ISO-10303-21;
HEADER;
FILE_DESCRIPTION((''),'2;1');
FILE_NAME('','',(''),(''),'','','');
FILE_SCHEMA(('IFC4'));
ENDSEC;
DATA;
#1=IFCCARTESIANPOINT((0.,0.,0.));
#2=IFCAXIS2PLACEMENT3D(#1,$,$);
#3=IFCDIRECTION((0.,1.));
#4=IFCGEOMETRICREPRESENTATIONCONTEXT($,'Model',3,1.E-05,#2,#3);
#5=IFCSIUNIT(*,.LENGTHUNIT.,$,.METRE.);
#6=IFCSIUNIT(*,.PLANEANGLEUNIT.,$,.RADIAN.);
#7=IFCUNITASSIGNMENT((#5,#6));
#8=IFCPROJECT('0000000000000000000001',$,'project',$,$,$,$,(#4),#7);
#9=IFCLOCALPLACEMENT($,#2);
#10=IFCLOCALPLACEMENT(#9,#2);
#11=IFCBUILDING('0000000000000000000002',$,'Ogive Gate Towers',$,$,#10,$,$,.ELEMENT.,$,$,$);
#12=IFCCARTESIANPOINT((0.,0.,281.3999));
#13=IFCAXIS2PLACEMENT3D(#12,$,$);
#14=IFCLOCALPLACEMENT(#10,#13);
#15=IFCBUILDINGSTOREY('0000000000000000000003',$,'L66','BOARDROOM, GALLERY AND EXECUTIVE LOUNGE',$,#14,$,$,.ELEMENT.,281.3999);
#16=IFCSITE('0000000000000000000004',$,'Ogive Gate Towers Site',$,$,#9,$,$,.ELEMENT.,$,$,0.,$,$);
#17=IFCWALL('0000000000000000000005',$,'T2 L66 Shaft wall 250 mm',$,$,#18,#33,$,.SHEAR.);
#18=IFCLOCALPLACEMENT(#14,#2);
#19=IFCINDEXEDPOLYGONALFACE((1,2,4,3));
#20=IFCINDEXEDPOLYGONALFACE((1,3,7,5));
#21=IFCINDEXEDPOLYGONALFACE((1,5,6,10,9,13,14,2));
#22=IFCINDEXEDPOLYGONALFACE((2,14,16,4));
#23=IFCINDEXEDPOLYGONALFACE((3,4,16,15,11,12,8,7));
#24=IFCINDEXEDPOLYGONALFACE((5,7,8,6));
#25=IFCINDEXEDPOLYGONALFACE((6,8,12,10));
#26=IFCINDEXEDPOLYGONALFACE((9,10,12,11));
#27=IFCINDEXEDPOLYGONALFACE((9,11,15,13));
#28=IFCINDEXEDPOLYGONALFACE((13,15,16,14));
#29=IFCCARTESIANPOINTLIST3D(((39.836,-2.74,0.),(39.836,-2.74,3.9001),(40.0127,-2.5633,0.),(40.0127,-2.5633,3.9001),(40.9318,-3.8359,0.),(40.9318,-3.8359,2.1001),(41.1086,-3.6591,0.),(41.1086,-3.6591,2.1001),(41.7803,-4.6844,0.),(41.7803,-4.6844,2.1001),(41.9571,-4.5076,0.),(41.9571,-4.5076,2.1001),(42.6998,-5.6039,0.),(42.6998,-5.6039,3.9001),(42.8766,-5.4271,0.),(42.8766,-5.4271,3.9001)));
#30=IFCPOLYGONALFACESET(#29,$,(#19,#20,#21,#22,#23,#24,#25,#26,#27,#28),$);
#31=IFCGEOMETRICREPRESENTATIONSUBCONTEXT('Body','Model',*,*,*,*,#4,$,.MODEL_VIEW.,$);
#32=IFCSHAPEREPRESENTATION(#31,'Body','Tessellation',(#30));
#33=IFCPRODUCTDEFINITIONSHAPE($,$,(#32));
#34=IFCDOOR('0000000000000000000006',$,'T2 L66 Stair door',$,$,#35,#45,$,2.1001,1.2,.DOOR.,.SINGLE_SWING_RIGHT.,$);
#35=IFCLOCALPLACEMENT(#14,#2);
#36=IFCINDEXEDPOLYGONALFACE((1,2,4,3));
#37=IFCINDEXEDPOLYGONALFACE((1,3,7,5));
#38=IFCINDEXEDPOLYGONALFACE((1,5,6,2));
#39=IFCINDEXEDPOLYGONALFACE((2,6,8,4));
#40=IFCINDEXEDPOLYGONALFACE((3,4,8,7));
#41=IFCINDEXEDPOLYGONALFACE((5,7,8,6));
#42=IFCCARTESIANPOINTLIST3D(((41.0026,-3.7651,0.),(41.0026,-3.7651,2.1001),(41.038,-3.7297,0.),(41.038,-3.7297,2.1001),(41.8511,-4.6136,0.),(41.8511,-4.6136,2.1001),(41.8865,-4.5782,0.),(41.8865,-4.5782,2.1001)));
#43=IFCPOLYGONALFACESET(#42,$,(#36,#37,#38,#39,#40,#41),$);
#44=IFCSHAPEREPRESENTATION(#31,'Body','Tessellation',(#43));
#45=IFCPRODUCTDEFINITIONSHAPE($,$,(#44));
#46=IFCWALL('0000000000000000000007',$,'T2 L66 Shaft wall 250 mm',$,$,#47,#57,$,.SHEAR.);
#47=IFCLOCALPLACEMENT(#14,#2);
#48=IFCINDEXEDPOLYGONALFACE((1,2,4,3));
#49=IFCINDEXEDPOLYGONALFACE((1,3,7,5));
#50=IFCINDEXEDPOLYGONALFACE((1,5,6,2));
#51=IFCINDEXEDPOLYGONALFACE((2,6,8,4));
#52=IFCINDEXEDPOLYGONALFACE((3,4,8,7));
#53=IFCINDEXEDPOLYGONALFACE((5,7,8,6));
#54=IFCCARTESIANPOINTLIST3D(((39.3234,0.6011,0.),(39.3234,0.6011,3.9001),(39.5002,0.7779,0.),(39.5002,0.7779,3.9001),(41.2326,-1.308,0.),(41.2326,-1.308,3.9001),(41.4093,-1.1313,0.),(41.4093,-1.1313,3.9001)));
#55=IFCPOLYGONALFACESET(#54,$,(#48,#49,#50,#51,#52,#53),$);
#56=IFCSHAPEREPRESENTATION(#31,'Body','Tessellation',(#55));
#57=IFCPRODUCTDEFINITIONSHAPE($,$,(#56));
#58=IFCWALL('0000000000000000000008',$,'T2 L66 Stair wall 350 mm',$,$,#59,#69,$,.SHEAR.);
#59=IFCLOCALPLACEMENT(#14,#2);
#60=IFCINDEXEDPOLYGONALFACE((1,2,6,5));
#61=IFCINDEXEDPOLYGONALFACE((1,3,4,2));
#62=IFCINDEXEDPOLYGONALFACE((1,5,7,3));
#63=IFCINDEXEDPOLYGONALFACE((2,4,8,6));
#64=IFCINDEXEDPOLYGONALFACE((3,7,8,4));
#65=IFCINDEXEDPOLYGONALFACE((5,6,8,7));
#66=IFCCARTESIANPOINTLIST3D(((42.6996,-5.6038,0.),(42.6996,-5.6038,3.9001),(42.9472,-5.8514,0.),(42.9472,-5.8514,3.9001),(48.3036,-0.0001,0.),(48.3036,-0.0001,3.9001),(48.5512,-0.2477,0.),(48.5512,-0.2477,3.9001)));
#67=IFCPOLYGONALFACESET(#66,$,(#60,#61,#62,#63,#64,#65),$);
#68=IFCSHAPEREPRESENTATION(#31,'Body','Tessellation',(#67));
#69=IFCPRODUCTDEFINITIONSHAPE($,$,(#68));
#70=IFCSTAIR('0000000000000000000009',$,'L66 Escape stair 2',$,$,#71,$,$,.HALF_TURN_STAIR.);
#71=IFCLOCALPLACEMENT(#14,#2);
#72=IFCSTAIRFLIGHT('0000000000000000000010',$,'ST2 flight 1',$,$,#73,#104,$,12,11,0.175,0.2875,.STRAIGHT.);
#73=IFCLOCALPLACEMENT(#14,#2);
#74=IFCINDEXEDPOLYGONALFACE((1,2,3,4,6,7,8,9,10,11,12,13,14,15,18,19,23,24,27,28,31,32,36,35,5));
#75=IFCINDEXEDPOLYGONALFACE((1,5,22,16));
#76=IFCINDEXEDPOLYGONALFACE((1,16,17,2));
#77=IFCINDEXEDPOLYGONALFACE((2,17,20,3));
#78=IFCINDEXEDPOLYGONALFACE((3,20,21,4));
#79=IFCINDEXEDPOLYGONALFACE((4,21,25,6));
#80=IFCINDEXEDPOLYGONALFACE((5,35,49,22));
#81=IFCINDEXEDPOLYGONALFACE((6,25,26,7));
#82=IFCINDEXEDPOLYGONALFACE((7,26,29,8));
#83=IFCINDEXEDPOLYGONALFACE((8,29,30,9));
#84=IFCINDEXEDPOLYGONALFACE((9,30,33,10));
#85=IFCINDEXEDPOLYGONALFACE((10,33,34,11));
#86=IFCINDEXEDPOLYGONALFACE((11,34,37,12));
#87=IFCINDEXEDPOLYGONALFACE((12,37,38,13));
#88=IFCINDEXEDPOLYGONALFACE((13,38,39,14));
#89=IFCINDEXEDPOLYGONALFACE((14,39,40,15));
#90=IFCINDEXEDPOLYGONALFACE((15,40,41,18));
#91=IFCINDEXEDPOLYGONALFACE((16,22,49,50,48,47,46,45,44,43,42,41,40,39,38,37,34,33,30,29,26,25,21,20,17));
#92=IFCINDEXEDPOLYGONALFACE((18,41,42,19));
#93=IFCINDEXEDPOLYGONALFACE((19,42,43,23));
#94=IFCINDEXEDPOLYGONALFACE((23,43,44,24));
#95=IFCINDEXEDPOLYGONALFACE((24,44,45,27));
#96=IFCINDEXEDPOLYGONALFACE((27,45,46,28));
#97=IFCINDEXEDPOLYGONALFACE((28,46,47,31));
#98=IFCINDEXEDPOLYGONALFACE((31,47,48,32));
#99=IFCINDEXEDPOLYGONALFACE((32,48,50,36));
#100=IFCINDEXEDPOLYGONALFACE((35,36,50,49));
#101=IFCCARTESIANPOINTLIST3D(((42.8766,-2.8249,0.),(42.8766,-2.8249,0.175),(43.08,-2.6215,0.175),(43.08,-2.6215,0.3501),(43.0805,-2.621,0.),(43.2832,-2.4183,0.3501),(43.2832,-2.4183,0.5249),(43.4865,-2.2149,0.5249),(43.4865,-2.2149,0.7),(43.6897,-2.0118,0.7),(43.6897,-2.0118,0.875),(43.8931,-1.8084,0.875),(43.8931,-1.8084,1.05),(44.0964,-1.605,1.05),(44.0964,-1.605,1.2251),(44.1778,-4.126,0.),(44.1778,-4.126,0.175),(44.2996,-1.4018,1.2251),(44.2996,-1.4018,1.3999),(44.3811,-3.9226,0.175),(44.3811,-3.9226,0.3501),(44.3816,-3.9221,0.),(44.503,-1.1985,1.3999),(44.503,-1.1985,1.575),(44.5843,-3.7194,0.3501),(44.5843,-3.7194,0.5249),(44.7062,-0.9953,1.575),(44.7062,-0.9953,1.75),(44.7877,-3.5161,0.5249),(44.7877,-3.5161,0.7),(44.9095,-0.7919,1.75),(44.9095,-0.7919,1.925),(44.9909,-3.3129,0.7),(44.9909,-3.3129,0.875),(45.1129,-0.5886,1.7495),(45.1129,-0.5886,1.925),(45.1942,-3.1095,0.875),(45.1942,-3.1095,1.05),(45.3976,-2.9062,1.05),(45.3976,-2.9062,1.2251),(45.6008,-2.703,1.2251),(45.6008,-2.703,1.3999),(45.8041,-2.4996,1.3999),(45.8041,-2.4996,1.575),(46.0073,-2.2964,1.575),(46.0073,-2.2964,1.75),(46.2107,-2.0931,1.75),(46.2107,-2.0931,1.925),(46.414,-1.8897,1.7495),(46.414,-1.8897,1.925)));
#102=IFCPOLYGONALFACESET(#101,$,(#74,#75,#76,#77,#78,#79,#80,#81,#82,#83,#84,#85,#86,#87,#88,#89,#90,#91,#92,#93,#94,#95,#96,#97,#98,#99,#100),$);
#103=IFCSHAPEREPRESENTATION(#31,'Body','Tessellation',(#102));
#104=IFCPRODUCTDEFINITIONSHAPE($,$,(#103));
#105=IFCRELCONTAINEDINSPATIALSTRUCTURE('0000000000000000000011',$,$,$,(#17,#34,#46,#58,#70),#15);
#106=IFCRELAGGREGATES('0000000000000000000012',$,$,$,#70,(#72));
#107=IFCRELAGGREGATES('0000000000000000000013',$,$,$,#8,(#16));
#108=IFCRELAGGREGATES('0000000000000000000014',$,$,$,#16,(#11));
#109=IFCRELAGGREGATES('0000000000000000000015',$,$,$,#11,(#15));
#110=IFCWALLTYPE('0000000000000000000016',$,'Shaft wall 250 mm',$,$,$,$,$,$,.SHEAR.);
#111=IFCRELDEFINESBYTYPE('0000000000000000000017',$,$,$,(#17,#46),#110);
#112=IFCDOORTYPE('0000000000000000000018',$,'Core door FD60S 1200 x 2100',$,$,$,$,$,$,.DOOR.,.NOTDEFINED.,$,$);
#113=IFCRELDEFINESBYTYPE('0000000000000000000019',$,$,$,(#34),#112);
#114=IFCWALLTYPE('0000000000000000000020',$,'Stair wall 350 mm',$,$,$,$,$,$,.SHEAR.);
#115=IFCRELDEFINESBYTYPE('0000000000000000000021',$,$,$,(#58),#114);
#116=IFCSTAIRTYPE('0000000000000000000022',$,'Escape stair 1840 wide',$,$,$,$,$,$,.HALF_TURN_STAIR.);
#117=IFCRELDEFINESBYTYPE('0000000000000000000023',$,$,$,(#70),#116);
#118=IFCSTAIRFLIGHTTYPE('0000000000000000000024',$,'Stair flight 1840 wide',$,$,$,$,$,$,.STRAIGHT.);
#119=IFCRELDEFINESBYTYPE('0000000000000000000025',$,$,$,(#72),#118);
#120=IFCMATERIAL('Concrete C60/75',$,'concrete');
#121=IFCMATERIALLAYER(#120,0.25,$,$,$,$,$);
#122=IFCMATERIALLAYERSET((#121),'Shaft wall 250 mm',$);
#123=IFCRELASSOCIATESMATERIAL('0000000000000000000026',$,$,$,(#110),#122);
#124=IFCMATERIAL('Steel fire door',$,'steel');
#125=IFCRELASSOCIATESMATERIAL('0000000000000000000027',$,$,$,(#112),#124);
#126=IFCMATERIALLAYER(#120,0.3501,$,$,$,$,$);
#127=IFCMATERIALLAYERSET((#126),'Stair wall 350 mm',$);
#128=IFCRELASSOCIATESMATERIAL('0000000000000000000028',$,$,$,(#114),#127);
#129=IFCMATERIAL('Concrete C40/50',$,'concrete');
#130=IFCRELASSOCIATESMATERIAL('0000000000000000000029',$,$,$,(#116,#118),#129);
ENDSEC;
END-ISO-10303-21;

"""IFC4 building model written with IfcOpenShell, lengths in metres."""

from ifc_helpers import new_model, si_unit, direction, frame, frame_2d, origin, place, context, subcontext, project, spatial, polyline, rectangle, outline, extrude, material, layer, layer_set, type_object, element, fill, aggregate, save


model = new_model("IFC4")

# Units and contexts
model_context = context("Model", 3, precision=1e-05, world=origin(), true_north=direction((0.0, 1.0)))
body_context = subcontext(model_context, "Body", "Model", "MODEL_VIEW")
ifc_project = project(units=[si_unit("LENGTHUNIT", "METRE"), si_unit("PLANEANGLEUNIT", "RADIAN")], contexts=[model_context])

# Site, building, storey
site_placement = place(None, origin())
site = spatial("IfcSite", under=ifc_project, at=site_placement, Name="Ogive Gate Towers Site", CompositionType="ELEMENT", RefElevation=0.0)
building_placement = place(site_placement, origin())
building = spatial("IfcBuilding", under=site, at=building_placement, Name="Ogive Gate Towers", CompositionType="ELEMENT")
storey_placement = place(building_placement, frame((0.0, 0.0, 281.3999)))
storey = spatial("IfcBuildingStorey", under=building, at=storey_placement, Name="L66", Description="BOARDROOM, GALLERY AND EXECUTIVE LOUNGE", CompositionType="ELEMENT", Elevation=281.3999)

# Shared definitions
ifc_material_1 = material(Name="Concrete C40/50", Category="concrete")

# Shared definitions
ifc_material_2 = material(Name="Concrete C60/75", Category="concrete")
ifc_material_3 = material(Name="Steel fire door", Category="steel")

# Shared definitions
ifc_layer_1 = layer(ifc_material_2, 0.25)
ifc_layer_set_1 = layer_set([ifc_layer_1], Name="Shaft wall 250 mm")
wall_type_1 = type_object("IfcWallType", Name="Shaft wall 250 mm", PredefinedType="SHEAR", material=ifc_layer_set_1)

# Wall, opening, door
wall_1_placement = place(storey_placement, frame((42.7881, -5.5154, 0.0), z_axis=(0.0, 0.0, 1.0), x_axis=(-0.707107, 0.707107, 0.0)))
wall_1 = element("IfcWall", 1, at=wall_1_placement, inside=storey, type_object=wall_type_1, Name="T2 L66 Shaft wall 250 mm", PredefinedType="SHEAR", context=body_context, shape_type="SweptSolid", body=[
    extrude(rectangle(XDim=4.05, YDim=0.25, at=frame_2d((2.0249, 0.0))), origin(), (0.0, 0.0, 1.0), 3.9001),
])
opening_1_placement = place(wall_1_placement, frame((1.3, 0.0, 0.0)))
opening_1 = element("IfcOpeningElement", 2, at=opening_1_placement, cuts=wall_1, PredefinedType="OPENING", context=body_context, shape_type="SweptSolid", body=[
    extrude(rectangle(XDim=1.2, YDim=2.1001, at=frame_2d((0.6001, 1.05))), frame((0.0, 0.135, 0.0), z_axis=(0.0, -1.0, 0.0), x_axis=(1.0, 0.0, 0.0)), (0.0, 0.0, 1.0), 0.27),
])
door_type_1 = type_object("IfcDoorType", Name="Core door FD60S 1200 x 2100", OperationType="NOTDEFINED", PredefinedType="DOOR", material=ifc_material_3)
door_1_placement = place(opening_1_placement, origin())
door_1 = element("IfcDoor", 3, at=door_1_placement, inside=storey, type_object=door_type_1, Name="T2 L66 Stair door", OperationType="SINGLE_SWING_RIGHT", OverallHeight=2.1001, OverallWidth=1.2, PredefinedType="DOOR", context=body_context, shape_type="SweptSolid", body=[
    extrude(rectangle(XDim=1.2, YDim=2.1001, at=frame_2d((0.6001, 1.05))), frame((0.0, 0.0249, 0.0), z_axis=(0.0, -1.0, 0.0), x_axis=(1.0, 0.0, 0.0)), (0.0, 0.0, 1.0), 0.05),
])
fill(opening_1, door_1)

# Walls
wall_2_placement = place(storey_placement, frame((41.321, -1.2197, 0.0), z_axis=(0.0, 0.0, 1.0), x_axis=(-0.707107, 0.707107, 0.0)))
element("IfcWall", 4, at=wall_2_placement, inside=storey, type_object=wall_type_1, Name="T2 L66 Shaft wall 250 mm", PredefinedType="SHEAR", context=body_context, shape_type="SweptSolid", body=[
    extrude(rectangle(XDim=2.7, YDim=0.25, at=frame_2d((1.3501, 0.0))), origin(), (0.0, 0.0, 1.0), 3.9001),
])
ifc_layer_2 = layer(ifc_material_2, 0.3501)
ifc_layer_set_2 = layer_set([ifc_layer_2], Name="Stair wall 350 mm")
wall_type_2 = type_object("IfcWallType", Name="Stair wall 350 mm", PredefinedType="SHEAR", material=ifc_layer_set_2)
wall_3_placement = place(storey_placement, frame((42.8235, -5.7275, 0.0), z_axis=(0.0, 0.0, 1.0), x_axis=(0.707122, 0.707091, 0.0)))
element("IfcWall", 5, at=wall_3_placement, inside=storey, type_object=wall_type_2, Name="T2 L66 Stair wall 350 mm", PredefinedType="SHEAR", context=body_context, shape_type="SweptSolid", body=[
    extrude(rectangle(XDim=7.925, YDim=0.3501, at=frame_2d((3.9624, 0.0))), origin(), (0.0, 0.0, 1.0), 3.9001),
])

# Stair, stair flight
stair_type = type_object("IfcStairType", Name="Escape stair 1840 wide", PredefinedType="HALF_TURN_STAIR", material=ifc_material_1)
stair_placement = place(storey_placement, origin())
stair = element("IfcStair", 6, at=stair_placement, inside=storey, type_object=stair_type, Name="L66 Escape stair 2", PredefinedType="HALF_TURN_STAIR")
stair_flight_type = type_object("IfcStairFlightType", Name="Stair flight 1840 wide", PredefinedType="STRAIGHT", material=ifc_material_1)
stair_flight_placement = place(storey_placement, frame((43.5271, -3.4753, 0.0), z_axis=(0.0, 0.0, 1.0), x_axis=(0.707107, 0.707107, 0.0)))
stair_flight = element("IfcStairFlight", 7, at=stair_flight_placement, type_object=stair_flight_type, Name="ST2 flight 1", NumberOfRisers=12, NumberOfTreads=11, PredefinedType="STRAIGHT", RiserHeight=0.175, TreadLength=0.2875, context=body_context, shape_type="SweptSolid", body=[
    extrude(outline(polyline([(0.0, 0.0), (0.0, 0.175), (0.2876, 0.175), (0.2876, 0.3501), (0.575, 0.3501), (0.575, 0.5249), (0.8625, 0.5249), (0.8625, 0.7), (1.1499, 0.7), (1.1499, 0.875), (1.4375, 0.875), (1.4375, 1.05), (1.7251, 1.05), (1.7251, 1.2251), (2.0125, 1.2251), (2.0125, 1.3999), (2.3, 1.3999), (2.3, 1.575), (2.5874, 1.575), (2.5874, 1.75), (2.875, 1.75), (2.875, 1.925), (3.1626, 1.925), (3.1626, 2.1001), (3.1626, 1.7495), (0.2883, 0.0), (0.0, 0.0)])), frame((0.0, 0.9199, 0.0), z_axis=(0.0, -1.0, 0.0), x_axis=(1.0, 0.0, 0.0)), (0.0, 0.0, 1.0), 1.8401),
])
aggregate(stair, [stair_flight])

save(model, "model.ifc")
